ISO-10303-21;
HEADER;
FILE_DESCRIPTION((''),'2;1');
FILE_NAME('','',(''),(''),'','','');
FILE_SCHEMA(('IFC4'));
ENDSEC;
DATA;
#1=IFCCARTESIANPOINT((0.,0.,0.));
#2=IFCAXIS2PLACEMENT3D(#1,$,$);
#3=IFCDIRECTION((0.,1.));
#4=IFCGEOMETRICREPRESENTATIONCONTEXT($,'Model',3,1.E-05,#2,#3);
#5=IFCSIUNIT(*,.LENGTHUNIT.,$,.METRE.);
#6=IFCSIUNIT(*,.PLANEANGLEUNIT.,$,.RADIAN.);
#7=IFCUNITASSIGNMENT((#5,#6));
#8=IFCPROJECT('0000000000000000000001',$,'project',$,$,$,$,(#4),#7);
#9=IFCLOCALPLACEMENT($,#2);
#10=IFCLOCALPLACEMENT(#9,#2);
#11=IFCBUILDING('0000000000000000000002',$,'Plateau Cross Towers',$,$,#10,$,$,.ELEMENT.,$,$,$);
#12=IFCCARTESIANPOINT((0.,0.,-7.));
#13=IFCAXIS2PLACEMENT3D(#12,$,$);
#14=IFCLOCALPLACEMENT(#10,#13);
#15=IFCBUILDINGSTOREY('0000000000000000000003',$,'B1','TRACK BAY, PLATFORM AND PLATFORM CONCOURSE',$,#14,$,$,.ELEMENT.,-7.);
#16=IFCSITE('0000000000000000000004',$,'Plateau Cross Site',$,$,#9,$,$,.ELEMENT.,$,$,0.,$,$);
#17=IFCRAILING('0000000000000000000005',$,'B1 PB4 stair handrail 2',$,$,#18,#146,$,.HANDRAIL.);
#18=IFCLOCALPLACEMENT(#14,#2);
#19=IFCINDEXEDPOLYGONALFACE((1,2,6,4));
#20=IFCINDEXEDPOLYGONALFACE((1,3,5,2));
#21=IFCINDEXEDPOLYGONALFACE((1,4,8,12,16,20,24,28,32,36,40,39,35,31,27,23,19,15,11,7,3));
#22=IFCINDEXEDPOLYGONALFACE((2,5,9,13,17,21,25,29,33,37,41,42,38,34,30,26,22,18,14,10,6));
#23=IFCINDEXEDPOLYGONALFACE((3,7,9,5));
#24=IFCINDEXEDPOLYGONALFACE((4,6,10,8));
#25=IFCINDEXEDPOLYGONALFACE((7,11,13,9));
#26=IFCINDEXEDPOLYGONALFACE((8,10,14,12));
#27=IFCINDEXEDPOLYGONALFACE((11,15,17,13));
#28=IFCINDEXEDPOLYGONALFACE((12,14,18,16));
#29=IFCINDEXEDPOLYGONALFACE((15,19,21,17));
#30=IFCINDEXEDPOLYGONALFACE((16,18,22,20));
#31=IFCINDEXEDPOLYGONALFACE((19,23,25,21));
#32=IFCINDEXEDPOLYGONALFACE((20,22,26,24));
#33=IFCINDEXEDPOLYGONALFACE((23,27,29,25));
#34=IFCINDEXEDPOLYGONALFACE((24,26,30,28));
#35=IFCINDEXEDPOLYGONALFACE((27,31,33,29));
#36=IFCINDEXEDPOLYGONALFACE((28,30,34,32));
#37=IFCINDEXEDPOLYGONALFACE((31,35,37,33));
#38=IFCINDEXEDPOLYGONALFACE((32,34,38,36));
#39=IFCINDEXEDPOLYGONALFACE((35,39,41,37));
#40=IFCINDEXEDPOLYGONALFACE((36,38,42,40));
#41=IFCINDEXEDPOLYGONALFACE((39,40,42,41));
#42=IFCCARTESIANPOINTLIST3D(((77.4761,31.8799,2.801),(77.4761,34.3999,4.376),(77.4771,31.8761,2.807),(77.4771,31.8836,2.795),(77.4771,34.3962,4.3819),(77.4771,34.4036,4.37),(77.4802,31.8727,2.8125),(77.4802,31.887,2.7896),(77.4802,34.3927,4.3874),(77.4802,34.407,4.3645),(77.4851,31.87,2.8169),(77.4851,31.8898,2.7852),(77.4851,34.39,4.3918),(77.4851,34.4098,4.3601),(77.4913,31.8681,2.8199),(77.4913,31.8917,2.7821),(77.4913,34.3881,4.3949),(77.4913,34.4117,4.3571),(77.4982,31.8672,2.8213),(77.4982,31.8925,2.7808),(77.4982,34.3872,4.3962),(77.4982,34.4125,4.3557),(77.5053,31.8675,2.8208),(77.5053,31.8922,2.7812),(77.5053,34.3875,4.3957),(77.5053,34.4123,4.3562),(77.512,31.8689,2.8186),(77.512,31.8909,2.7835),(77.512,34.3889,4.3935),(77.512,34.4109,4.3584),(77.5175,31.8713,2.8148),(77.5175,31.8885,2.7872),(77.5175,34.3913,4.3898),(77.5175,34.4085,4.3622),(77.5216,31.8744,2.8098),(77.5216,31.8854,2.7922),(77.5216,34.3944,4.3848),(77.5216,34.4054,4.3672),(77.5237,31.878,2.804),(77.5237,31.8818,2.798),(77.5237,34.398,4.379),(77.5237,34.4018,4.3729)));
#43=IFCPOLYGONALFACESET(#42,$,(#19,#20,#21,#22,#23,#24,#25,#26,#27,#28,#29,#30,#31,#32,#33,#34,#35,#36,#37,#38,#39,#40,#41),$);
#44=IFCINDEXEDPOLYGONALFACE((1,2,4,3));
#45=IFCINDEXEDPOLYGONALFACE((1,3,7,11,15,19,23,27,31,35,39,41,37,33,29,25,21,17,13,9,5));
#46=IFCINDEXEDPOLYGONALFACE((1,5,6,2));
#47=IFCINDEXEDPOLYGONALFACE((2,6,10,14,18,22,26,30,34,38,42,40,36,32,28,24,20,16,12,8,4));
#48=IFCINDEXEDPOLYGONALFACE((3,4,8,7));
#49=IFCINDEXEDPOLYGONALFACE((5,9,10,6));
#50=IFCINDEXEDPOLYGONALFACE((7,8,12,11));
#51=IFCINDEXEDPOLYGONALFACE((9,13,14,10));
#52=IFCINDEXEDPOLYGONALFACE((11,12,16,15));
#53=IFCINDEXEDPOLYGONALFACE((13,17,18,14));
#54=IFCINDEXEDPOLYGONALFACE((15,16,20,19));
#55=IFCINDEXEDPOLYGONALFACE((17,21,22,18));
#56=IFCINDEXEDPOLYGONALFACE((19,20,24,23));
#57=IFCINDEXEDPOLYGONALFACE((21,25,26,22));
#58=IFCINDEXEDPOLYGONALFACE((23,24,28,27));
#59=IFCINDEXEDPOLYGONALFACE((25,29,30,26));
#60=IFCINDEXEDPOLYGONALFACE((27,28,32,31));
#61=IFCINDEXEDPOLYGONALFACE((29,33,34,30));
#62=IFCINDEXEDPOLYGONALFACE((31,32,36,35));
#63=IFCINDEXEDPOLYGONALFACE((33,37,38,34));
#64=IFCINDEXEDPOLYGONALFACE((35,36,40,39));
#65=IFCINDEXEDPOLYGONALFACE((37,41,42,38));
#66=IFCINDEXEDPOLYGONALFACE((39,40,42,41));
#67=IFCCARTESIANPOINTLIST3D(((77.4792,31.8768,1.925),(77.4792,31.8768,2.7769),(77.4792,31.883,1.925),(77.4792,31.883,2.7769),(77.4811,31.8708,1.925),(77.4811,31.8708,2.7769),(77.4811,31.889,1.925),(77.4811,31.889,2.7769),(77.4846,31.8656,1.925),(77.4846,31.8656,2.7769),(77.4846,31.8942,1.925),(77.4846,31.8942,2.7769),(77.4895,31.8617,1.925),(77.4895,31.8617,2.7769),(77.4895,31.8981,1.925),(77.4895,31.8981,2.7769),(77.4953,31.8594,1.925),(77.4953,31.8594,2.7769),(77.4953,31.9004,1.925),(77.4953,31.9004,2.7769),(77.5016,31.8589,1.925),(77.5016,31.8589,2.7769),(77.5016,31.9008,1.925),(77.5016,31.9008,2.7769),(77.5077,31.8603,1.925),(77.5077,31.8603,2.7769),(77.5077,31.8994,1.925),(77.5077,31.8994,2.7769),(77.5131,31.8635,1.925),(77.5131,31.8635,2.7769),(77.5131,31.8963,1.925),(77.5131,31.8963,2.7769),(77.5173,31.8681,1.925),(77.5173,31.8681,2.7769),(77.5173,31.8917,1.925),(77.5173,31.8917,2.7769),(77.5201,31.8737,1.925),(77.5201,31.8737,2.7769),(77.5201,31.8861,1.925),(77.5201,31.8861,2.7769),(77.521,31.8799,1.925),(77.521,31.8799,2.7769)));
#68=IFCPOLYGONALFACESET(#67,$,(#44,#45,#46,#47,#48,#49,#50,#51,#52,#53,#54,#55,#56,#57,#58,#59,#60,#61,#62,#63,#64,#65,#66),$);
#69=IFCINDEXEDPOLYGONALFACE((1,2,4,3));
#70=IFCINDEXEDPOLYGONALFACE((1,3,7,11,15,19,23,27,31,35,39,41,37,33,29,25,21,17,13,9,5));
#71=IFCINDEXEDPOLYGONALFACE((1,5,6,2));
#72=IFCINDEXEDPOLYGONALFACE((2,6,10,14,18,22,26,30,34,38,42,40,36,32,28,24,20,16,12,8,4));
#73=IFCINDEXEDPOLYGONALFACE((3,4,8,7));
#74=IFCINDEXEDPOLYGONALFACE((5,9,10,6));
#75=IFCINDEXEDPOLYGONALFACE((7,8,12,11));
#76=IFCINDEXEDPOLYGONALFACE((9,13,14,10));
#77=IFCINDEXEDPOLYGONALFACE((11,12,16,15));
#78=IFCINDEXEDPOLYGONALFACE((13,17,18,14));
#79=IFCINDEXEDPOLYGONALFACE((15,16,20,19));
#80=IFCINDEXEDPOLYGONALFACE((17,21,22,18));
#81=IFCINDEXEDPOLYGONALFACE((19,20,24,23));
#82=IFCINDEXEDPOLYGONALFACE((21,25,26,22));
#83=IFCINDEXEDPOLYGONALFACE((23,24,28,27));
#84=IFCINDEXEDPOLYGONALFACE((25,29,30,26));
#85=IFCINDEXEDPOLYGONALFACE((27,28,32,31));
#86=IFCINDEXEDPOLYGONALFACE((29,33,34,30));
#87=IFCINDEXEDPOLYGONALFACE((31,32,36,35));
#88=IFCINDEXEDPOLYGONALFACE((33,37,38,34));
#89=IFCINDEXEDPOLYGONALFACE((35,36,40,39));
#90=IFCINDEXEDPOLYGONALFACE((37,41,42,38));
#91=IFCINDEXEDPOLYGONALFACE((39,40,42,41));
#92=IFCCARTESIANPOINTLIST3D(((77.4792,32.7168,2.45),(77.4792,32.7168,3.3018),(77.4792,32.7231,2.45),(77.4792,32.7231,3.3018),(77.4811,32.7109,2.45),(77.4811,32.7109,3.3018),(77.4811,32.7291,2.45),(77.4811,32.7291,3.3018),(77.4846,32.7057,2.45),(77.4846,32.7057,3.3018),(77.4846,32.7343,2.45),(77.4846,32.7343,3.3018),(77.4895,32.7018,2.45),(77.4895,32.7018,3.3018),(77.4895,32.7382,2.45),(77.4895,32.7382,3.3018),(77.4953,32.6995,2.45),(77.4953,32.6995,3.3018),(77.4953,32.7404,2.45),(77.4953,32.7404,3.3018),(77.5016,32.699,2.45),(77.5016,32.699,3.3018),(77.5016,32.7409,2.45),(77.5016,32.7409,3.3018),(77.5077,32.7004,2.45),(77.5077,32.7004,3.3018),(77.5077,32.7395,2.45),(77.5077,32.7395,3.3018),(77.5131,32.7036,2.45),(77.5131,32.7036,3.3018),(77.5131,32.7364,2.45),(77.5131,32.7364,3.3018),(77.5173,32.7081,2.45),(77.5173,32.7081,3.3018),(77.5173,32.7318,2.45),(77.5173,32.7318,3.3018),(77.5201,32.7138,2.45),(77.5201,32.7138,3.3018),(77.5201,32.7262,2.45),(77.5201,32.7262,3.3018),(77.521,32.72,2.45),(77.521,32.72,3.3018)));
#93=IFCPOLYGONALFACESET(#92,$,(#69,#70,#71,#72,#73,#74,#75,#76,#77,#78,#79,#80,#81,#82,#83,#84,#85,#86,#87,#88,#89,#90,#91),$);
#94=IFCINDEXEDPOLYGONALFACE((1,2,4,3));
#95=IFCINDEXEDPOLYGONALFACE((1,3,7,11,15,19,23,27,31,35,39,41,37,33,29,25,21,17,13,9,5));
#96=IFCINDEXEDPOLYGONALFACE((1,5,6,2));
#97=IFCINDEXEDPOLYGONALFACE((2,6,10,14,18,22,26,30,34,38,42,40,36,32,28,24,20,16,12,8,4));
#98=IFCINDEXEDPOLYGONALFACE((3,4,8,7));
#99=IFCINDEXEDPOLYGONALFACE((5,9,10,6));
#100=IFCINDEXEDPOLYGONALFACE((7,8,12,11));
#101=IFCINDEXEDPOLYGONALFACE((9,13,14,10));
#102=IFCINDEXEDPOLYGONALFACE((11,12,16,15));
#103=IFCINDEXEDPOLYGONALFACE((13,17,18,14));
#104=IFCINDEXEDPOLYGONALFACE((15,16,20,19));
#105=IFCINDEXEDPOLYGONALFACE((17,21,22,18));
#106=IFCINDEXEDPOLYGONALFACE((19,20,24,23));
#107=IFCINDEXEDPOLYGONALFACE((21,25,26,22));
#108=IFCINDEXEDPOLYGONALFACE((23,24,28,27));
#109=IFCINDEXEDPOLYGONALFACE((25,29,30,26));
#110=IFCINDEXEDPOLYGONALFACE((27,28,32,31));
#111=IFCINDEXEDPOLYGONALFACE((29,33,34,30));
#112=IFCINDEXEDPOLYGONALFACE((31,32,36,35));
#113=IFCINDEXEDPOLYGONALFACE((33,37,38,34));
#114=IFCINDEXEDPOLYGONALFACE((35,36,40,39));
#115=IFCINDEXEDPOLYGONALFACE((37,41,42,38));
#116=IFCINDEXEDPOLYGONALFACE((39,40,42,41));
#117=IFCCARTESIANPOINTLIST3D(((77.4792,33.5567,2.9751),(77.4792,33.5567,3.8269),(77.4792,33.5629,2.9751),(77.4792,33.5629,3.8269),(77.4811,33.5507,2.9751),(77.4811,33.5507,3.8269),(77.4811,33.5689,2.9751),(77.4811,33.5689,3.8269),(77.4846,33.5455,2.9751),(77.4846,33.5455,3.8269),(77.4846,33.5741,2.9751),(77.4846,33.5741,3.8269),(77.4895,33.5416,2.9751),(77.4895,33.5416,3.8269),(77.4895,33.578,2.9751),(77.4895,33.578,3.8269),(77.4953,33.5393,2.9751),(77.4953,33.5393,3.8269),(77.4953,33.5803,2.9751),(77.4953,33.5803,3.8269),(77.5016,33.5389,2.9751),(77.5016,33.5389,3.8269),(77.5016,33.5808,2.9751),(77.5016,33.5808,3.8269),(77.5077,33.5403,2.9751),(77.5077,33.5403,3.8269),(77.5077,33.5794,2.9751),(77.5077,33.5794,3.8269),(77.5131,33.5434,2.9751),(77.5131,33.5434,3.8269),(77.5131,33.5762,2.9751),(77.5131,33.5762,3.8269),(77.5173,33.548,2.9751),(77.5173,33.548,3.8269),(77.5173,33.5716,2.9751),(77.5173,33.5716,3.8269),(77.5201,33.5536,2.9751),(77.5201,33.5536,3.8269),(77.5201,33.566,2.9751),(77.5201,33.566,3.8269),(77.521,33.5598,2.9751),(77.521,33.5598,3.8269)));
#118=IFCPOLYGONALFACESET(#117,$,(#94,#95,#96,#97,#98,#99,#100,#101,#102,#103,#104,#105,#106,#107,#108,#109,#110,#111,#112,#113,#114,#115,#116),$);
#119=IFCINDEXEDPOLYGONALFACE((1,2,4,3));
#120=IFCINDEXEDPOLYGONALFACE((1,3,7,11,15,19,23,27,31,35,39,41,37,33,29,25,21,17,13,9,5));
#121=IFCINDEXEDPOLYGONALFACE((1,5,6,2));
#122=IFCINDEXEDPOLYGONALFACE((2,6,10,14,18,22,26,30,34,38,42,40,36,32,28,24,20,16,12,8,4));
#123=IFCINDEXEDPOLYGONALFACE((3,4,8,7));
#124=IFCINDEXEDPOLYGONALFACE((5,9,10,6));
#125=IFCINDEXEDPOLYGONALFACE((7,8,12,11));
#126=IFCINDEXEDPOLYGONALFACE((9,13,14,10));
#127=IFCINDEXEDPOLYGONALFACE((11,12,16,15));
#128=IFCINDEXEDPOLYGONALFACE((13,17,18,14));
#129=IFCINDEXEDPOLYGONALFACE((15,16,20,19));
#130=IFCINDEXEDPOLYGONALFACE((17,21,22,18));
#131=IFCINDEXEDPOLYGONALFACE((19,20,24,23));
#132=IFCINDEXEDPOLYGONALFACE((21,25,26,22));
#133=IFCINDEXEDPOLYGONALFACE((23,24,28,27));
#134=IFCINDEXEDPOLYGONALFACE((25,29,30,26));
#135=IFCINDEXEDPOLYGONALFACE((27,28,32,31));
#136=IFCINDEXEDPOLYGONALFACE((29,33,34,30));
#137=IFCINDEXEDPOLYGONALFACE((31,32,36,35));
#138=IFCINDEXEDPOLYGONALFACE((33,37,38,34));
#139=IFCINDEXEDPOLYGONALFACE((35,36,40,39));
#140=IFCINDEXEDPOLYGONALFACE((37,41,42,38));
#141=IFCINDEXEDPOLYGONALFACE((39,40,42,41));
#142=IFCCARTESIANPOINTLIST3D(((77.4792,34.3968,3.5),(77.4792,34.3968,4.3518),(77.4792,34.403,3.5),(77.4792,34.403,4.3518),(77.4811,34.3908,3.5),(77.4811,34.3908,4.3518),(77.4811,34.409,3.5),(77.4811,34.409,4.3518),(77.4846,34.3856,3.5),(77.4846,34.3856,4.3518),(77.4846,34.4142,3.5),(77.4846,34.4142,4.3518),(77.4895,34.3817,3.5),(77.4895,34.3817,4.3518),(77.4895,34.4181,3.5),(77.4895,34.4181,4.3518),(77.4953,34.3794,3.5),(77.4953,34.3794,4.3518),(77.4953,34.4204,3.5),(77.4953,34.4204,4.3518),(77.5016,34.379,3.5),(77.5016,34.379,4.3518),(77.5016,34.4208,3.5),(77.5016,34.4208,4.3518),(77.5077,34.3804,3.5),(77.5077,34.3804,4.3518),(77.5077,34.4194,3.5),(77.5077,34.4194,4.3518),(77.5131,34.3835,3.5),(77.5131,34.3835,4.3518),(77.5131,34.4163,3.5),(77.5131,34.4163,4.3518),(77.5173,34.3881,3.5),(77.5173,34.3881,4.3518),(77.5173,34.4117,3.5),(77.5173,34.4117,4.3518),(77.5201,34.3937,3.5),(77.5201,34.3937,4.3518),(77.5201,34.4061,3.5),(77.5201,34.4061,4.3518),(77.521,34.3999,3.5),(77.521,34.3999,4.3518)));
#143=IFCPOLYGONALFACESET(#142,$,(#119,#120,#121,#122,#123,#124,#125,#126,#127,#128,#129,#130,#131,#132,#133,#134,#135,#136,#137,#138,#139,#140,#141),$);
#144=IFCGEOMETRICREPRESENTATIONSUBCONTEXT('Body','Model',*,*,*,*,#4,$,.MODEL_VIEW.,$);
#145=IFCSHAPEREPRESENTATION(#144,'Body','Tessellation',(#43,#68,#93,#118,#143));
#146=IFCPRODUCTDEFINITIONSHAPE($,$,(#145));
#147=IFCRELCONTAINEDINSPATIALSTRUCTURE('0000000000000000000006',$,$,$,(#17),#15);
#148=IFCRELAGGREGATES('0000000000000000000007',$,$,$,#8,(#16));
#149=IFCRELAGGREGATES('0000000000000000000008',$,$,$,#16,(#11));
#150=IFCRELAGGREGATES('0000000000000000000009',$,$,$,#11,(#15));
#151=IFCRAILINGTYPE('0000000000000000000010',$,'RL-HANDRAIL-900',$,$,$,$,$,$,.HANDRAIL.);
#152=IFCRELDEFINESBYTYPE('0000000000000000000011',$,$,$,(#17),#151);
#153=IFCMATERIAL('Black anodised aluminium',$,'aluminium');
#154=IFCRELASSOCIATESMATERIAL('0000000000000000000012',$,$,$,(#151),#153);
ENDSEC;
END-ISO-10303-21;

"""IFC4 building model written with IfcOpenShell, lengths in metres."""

from ifc_helpers import new_model, si_unit, direction, frame, origin, origin_2d, place, context, subcontext, project, spatial, circle, extrude, material, type_object, element, save


model = new_model("IFC4")

# Units and contexts
model_context = context("Model", 3, precision=1e-05, world=origin(), true_north=direction((0.0, 1.0)))
body_context = subcontext(model_context, "Body", "Model", "MODEL_VIEW")
ifc_project = project(units=[si_unit("LENGTHUNIT", "METRE"), si_unit("PLANEANGLEUNIT", "RADIAN")], contexts=[model_context])

# Site, building, storey
site_placement = place(None, origin())
site = spatial("IfcSite", under=ifc_project, at=site_placement, Name="Plateau Cross Site", CompositionType="ELEMENT", RefElevation=0.0)
building_placement = place(site_placement, origin())
building = spatial("IfcBuilding", under=site, at=building_placement, Name="Plateau Cross Towers", CompositionType="ELEMENT")
storey_placement = place(building_placement, frame((0.0, 0.0, -7.0)))
storey = spatial("IfcBuildingStorey", under=building, at=storey_placement, Name="B1", Description="TRACK BAY, PLATFORM AND PLATFORM CONCOURSE", CompositionType="ELEMENT", Elevation=-7.0)

# Railing
ifc_material_1 = material(Name="Black anodised aluminium", Category="aluminium")
railing_type_1 = type_object("IfcRailingType", Name="RL-HANDRAIL-900", PredefinedType="HANDRAIL", material=ifc_material_1)
railing_1_placement = place(storey_placement, frame((77.5, 31.8799, 1.925)))
element("IfcRailing", 1, at=railing_1_placement, inside=storey, type_object=railing_type_1, Name="B1 PB4 stair handrail 2", PredefinedType="HANDRAIL", context=body_context, shape_type="SweptSolid", body=[
    extrude(circle(Radius=0.0239, at=origin_2d()), frame((0.0, 0.0, 0.876), z_axis=(0.0, 0.848008, 0.529984), x_axis=(-1.0, 0.0, 0.0)), (0.0, 0.0, 1.0), 2.9717),
    extrude(circle(Radius=0.021, at=origin_2d()), origin(), (0.0, 0.0, 1.0), 0.8518),
    extrude(circle(Radius=0.021, at=origin_2d()), frame((0.0, 0.8401, 0.5249)), (0.0, 0.0, 1.0), 0.8518),
    extrude(circle(Radius=0.021, at=origin_2d()), frame((0.0, 1.6799, 1.05)), (0.0, 0.0, 1.0), 0.8518),
    extrude(circle(Radius=0.021, at=origin_2d()), frame((0.0, 2.52, 1.575)), (0.0, 0.0, 1.0), 0.8518),
])

save(model, "model.ifc")
